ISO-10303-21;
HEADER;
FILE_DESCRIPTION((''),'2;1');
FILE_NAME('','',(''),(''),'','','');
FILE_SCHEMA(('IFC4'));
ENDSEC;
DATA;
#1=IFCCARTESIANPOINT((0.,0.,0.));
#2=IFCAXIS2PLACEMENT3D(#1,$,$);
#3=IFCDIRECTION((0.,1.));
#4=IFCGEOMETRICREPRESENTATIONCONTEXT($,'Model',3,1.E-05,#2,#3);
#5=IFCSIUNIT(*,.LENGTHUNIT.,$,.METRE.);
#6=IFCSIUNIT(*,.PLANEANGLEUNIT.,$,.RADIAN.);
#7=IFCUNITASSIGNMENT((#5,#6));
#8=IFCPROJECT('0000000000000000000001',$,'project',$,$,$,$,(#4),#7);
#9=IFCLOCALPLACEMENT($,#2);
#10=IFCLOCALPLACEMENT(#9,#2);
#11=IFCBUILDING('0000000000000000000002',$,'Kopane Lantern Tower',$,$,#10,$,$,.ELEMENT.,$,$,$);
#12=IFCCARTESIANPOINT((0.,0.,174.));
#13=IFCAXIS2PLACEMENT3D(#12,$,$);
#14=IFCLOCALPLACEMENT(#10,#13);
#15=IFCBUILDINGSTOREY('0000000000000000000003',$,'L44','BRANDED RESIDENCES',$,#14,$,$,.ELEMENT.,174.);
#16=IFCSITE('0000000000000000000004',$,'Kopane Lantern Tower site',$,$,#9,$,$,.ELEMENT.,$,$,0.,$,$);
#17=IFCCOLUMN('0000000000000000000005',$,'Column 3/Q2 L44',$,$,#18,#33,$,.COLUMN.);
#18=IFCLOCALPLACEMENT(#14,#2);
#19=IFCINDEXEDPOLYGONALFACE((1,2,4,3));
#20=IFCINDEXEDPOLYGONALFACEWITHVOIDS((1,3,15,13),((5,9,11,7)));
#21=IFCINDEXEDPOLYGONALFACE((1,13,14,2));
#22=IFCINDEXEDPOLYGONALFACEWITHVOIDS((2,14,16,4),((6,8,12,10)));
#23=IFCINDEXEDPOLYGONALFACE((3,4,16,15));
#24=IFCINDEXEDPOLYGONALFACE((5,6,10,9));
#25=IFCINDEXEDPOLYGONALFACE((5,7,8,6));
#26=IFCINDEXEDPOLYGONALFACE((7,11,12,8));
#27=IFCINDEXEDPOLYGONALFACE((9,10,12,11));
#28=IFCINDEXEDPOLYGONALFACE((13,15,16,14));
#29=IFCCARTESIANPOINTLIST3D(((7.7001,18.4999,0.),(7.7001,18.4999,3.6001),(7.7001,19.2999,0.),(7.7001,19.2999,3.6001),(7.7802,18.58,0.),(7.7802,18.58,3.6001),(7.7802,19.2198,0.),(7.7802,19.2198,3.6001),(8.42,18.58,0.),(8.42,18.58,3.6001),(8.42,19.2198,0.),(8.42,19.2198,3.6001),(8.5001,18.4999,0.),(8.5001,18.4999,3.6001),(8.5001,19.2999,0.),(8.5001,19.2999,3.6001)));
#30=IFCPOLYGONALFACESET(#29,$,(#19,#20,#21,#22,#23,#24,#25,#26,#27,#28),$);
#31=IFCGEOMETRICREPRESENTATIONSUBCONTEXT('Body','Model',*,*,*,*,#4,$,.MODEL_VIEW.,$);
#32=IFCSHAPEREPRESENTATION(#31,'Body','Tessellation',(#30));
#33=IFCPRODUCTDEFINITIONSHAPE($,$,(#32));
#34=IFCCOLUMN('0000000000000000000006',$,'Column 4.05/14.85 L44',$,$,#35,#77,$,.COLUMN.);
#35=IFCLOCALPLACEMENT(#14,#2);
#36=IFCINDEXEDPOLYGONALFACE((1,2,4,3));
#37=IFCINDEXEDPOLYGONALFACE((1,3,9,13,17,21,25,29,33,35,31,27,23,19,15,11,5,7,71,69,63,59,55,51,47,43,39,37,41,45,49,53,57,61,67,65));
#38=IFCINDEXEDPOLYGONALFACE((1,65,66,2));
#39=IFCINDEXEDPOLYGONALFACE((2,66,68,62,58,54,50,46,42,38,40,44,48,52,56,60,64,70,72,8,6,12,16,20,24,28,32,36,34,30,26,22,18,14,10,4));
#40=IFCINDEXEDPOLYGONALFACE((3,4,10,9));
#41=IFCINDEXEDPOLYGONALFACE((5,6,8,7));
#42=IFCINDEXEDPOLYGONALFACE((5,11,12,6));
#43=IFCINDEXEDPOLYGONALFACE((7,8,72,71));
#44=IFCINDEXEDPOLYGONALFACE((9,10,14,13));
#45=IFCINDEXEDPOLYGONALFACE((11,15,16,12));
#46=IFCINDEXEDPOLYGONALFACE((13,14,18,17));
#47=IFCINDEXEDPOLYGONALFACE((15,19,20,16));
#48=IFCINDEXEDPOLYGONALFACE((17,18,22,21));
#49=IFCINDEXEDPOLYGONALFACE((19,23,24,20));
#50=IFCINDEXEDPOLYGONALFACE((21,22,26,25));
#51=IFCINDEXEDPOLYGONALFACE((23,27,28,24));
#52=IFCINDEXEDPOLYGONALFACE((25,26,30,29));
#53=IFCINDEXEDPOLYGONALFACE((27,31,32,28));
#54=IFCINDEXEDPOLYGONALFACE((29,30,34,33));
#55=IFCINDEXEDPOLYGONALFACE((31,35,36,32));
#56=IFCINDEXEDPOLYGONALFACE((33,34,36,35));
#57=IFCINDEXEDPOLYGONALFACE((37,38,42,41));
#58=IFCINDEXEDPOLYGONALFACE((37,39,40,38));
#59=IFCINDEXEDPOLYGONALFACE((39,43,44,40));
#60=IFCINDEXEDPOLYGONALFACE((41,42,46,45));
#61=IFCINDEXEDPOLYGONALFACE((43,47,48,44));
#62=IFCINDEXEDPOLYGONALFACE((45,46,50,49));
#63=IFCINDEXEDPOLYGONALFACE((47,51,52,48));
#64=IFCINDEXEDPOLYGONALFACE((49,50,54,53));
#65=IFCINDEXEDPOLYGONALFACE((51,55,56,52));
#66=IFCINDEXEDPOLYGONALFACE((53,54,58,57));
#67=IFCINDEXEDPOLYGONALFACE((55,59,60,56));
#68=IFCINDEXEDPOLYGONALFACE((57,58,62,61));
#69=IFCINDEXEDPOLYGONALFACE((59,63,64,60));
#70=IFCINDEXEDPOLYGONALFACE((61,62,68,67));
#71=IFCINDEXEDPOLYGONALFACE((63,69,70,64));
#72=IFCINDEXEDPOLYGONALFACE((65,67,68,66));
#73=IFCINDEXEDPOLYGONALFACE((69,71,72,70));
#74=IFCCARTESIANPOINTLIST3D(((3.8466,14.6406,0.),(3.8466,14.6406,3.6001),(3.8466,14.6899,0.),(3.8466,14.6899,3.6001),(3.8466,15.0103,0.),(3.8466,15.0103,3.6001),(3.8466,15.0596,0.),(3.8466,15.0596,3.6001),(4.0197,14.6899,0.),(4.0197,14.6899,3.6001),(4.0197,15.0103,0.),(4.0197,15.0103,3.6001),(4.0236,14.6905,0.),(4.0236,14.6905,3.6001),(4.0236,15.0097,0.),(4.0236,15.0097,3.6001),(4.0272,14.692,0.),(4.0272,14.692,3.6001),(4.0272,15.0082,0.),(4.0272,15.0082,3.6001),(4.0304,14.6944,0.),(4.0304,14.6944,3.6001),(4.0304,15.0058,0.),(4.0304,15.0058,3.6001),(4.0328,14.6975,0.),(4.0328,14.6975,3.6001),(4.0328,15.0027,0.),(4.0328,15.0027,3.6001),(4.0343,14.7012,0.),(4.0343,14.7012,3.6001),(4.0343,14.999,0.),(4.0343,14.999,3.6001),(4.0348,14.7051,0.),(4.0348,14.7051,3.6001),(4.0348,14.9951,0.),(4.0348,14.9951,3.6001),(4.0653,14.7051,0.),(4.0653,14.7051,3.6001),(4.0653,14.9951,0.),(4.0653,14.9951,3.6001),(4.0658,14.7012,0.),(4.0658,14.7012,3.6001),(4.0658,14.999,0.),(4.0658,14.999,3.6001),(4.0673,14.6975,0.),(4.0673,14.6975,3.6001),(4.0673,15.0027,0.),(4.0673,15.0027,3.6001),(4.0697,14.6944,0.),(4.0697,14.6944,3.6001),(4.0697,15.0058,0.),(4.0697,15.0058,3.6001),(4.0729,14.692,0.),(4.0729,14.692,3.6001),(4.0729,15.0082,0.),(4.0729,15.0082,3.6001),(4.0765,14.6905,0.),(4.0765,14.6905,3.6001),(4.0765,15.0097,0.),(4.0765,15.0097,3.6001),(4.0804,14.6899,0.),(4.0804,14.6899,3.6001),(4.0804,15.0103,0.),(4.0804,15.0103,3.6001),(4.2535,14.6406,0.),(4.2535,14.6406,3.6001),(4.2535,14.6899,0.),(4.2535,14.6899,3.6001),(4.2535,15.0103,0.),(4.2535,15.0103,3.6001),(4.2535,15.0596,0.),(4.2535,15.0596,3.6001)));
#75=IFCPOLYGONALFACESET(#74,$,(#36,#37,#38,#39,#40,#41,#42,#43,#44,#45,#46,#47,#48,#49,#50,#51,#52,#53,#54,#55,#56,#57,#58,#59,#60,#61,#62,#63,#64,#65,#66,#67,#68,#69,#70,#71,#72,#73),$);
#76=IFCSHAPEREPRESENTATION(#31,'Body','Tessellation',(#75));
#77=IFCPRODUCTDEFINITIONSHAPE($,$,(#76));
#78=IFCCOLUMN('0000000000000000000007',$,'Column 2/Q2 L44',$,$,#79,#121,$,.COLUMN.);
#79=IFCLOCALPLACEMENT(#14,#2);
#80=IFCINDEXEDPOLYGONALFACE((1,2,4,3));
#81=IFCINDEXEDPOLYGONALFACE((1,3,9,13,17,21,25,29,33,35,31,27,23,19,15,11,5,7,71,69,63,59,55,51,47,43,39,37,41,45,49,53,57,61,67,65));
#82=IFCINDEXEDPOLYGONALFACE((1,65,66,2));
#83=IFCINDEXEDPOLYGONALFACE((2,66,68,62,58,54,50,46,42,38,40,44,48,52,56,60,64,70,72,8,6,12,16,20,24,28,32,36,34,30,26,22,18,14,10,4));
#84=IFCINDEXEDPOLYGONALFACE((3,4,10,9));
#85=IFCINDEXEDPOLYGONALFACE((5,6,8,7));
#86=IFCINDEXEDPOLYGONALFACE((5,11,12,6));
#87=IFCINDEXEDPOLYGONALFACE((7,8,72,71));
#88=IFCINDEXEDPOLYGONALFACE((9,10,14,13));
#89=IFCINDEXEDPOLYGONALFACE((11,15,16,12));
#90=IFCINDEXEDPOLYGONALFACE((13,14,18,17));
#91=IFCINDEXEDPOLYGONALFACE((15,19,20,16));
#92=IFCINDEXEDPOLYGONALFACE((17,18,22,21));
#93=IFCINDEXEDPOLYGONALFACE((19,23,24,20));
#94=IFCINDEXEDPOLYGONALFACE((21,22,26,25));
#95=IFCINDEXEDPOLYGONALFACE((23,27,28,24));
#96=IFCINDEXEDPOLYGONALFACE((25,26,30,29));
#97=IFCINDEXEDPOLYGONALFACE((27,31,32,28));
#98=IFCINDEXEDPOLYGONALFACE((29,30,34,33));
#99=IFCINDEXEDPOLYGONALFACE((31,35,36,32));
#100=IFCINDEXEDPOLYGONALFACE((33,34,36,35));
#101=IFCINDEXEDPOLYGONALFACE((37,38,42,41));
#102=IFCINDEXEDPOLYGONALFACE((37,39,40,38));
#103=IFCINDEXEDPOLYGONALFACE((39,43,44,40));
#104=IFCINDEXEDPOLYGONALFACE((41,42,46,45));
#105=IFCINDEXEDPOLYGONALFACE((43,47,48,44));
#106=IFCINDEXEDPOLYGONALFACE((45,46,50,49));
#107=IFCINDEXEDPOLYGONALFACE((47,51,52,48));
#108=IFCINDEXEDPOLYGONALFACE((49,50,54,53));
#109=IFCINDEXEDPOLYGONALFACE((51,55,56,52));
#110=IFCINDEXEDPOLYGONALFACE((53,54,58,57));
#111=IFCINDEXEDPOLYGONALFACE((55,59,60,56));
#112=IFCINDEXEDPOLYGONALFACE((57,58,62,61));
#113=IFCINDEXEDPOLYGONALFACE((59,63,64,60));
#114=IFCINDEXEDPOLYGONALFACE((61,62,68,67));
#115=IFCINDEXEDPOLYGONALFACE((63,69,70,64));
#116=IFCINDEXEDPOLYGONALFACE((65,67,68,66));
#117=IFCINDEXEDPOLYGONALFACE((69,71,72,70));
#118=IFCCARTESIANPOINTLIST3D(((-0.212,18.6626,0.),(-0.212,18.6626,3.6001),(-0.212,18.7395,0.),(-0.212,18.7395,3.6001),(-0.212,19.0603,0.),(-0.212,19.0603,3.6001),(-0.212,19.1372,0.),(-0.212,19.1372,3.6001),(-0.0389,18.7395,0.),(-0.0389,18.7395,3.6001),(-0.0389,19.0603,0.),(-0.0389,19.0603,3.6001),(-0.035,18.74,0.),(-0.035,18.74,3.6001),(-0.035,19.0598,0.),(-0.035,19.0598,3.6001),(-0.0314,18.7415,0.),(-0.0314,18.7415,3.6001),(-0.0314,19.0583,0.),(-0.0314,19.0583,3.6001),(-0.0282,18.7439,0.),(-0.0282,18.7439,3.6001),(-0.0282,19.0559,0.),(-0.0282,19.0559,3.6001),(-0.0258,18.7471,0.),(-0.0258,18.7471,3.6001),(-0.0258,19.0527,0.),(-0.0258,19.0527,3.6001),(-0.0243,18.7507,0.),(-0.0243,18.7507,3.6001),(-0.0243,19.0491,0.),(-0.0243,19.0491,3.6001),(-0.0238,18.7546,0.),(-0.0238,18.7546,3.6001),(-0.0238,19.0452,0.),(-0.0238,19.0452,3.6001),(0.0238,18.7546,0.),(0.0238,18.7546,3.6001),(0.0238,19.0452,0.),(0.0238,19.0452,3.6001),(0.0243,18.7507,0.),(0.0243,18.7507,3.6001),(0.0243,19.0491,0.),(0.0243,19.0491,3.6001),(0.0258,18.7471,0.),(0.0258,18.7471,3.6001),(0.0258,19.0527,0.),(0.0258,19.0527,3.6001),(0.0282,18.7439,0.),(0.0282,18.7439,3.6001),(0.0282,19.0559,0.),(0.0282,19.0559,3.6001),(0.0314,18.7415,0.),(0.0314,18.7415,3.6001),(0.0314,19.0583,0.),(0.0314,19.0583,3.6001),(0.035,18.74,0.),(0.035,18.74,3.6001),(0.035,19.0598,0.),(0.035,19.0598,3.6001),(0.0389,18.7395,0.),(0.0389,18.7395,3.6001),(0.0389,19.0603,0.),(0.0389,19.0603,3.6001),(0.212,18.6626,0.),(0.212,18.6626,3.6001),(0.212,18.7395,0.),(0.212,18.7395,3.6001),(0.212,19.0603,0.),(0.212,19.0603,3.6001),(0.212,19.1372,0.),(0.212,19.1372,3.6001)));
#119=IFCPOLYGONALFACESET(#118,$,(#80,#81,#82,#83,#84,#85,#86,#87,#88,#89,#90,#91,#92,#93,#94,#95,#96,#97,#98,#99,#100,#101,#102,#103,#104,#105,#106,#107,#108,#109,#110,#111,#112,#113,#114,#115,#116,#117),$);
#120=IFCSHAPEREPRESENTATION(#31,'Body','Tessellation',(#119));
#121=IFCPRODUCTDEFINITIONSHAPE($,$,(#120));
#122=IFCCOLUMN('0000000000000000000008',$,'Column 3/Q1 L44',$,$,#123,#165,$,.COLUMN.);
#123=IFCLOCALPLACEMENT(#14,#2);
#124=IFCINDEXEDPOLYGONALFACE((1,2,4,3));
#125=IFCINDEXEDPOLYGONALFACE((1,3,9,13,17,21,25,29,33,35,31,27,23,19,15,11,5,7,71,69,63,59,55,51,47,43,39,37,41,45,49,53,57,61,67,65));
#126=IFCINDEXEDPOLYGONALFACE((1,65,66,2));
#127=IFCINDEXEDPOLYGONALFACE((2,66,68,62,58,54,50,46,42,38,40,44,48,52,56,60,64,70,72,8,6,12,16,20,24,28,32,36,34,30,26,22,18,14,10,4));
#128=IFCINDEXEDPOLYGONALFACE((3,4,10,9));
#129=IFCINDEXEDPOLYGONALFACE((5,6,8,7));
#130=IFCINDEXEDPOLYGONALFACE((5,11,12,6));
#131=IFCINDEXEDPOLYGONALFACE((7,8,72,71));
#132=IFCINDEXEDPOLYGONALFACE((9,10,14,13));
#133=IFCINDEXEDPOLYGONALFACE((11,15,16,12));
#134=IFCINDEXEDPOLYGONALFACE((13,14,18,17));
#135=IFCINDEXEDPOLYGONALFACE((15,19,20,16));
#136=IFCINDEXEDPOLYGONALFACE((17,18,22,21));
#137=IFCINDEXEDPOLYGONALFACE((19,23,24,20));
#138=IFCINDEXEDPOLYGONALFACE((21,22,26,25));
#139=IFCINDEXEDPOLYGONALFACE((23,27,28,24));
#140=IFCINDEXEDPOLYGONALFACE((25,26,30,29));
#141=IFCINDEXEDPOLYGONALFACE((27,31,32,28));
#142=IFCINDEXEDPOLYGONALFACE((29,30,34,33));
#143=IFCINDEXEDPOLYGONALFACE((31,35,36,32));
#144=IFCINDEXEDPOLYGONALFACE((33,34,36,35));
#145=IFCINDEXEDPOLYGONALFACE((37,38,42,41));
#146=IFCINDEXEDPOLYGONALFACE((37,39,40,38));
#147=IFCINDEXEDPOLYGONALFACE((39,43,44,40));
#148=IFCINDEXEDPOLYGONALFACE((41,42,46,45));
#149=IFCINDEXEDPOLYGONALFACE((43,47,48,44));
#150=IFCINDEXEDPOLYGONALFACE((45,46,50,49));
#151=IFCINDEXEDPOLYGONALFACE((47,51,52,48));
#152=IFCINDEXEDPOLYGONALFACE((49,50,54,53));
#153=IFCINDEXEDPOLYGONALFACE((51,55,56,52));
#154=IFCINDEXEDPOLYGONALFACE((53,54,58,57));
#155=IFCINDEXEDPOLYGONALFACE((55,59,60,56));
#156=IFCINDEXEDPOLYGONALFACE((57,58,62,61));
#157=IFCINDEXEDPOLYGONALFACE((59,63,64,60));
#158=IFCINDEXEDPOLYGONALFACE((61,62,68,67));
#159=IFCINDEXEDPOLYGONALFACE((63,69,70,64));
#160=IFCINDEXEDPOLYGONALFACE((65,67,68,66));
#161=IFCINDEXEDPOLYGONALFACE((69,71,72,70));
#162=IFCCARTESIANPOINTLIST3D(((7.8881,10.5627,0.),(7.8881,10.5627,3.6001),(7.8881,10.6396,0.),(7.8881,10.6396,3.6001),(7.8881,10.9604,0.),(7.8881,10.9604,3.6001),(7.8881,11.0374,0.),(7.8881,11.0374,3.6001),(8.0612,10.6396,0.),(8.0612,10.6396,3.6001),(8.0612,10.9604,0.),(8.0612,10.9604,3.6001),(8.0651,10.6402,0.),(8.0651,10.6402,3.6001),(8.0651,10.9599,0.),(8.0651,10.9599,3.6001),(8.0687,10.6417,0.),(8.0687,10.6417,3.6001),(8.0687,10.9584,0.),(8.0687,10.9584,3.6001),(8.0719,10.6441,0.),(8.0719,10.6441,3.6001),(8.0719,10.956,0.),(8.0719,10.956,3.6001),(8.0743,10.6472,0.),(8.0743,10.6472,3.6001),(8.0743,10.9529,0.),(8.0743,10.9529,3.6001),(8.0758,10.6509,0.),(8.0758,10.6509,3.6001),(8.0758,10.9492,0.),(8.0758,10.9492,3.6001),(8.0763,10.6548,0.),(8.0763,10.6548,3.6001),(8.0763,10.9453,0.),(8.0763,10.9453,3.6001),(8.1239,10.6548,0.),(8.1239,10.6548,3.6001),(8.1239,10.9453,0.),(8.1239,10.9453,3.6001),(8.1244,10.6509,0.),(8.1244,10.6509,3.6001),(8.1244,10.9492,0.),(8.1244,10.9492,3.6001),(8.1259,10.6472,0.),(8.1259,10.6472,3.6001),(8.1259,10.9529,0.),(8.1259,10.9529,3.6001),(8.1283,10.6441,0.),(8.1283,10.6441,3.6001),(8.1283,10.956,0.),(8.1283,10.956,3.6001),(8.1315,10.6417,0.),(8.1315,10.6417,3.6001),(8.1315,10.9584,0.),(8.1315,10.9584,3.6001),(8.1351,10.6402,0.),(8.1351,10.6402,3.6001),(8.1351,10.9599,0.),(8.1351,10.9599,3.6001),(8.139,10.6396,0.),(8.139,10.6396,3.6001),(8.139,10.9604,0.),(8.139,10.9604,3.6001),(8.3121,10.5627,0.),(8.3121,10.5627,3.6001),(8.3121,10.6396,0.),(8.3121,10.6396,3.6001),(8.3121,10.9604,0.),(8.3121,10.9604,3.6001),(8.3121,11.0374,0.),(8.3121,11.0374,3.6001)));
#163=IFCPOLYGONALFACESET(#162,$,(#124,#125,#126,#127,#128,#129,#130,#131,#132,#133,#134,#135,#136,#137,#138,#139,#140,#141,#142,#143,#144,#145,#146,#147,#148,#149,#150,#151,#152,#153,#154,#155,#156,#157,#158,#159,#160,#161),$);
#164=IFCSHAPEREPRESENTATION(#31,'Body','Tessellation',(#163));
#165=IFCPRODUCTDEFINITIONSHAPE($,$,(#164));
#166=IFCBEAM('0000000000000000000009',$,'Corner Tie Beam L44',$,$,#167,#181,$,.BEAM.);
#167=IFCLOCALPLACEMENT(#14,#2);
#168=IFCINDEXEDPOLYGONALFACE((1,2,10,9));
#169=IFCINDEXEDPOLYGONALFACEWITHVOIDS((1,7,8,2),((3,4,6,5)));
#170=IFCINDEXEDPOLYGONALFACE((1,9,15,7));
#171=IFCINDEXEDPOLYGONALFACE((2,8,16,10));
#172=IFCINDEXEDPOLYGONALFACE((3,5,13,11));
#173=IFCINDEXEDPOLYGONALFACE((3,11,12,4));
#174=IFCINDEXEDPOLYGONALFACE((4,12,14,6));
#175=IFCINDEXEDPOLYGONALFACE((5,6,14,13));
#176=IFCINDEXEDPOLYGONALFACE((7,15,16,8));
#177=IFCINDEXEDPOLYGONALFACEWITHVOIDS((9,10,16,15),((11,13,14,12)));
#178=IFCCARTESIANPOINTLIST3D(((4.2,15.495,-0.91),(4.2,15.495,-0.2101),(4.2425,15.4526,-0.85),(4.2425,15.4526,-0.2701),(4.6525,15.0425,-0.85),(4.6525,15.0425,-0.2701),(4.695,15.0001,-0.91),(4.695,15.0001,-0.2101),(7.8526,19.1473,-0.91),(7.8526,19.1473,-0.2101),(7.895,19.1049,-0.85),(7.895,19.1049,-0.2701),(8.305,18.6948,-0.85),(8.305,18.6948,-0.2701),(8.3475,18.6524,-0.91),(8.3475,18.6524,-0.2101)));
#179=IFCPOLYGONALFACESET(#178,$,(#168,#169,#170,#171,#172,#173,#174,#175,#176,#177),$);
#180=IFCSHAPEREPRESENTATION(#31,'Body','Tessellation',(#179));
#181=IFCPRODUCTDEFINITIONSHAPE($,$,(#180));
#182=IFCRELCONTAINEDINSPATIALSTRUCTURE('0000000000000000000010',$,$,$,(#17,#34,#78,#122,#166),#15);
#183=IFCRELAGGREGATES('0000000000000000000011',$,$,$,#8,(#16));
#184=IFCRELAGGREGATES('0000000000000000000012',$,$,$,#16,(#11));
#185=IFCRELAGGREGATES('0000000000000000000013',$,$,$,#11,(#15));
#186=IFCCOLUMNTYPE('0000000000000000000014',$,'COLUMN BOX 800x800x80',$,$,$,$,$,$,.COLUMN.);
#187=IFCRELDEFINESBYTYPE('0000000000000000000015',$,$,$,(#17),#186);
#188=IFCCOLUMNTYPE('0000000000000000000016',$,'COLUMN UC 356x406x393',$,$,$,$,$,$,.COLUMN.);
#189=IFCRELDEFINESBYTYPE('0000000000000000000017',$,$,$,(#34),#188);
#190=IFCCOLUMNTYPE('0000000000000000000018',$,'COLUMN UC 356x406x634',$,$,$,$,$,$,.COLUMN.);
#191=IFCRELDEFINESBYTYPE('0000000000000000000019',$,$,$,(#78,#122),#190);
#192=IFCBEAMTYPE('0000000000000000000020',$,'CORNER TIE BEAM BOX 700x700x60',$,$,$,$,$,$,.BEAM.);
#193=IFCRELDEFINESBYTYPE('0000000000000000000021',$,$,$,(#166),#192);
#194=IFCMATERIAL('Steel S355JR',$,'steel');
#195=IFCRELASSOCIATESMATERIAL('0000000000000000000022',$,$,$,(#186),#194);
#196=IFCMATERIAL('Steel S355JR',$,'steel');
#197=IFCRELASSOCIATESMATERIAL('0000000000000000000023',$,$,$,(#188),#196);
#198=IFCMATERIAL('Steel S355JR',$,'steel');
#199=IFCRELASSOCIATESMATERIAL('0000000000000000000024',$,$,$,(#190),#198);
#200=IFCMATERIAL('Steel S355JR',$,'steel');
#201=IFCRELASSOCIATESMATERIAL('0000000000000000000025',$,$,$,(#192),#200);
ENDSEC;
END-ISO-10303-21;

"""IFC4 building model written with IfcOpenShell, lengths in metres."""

from ifc_helpers import new_model, si_unit, direction, frame, origin, origin_2d, place, context, subcontext, project, spatial, hollow_rectangle, i_section, extrude, material, material_profile, profile_set, type_object, element, save


model = new_model("IFC4")

# Units and contexts
model_context = context("Model", 3, precision=1e-05, world=origin(), true_north=direction((0.0, 1.0)))
body_context = subcontext(model_context, "Body", "Model", "MODEL_VIEW")
ifc_project = project(units=[si_unit("LENGTHUNIT", "METRE"), si_unit("PLANEANGLEUNIT", "RADIAN")], contexts=[model_context])

# Site, building, storey
site_placement = place(None, origin())
site = spatial("IfcSite", under=ifc_project, at=site_placement, Name="Kopane Lantern Tower site", CompositionType="ELEMENT", RefElevation=0.0)
building_placement = place(site_placement, origin())
building = spatial("IfcBuilding", under=site, at=building_placement, Name="Kopane Lantern Tower", CompositionType="ELEMENT")
storey_placement = place(building_placement, frame((0.0, 0.0, 174.0)))
storey = spatial("IfcBuildingStorey", under=building, at=storey_placement, Name="L44", Description="BRANDED RESIDENCES", CompositionType="ELEMENT", Elevation=174.0)

# Columns
ifc_material_1 = material(Name="Steel S355JR", Category="steel")
ifc_material_profile_1 = material_profile(ifc_material_1, hollow_rectangle(XDim=0.8, YDim=0.8, WallThickness=0.0801, at=origin_2d()), Name="BOX 800x800x80")
ifc_profile_set_1 = profile_set([ifc_material_profile_1], Name="Steel S355JR")
column_type_1 = type_object("IfcColumnType", Name="COLUMN BOX 800x800x80", PredefinedType="COLUMN", material=ifc_profile_set_1)
column_1_placement = place(storey_placement, frame((8.1001, 18.8999, 0.0), z_axis=(0.0, 0.0, 1.0), x_axis=(1.0, 0.0, 0.0)))
element("IfcColumn", 1, at=column_1_placement, inside=storey, type_object=column_type_1, Name="Column 3/Q2 L44", PredefinedType="COLUMN", context=body_context, shape_type="SweptSolid", body=[
    extrude(hollow_rectangle(XDim=0.8, YDim=0.8, WallThickness=0.0801, at=origin_2d()), origin(), (0.0, 0.0, 1.0), 3.6001),
])
ifc_material_2 = material(Name="Steel S355JR", Category="steel")
ifc_material_profile_2 = material_profile(ifc_material_2, i_section(OverallWidth=0.407, OverallDepth=0.4189, WebThickness=0.0305, FlangeThickness=0.0493, FilletRadius=0.0151, at=origin_2d()), Name="UC 356x406x393")
ifc_profile_set_2 = profile_set([ifc_material_profile_2], Name="Steel S355JR")
column_type_2 = type_object("IfcColumnType", Name="COLUMN UC 356x406x393", PredefinedType="COLUMN", material=ifc_profile_set_2)
column_2_placement = place(storey_placement, frame((4.05, 14.8501, 0.0), z_axis=(0.0, 0.0, 1.0), x_axis=(1.0, 0.0, 0.0)))
element("IfcColumn", 2, at=column_2_placement, inside=storey, type_object=column_type_2, Name="Column 4.05/14.85 L44", PredefinedType="COLUMN", context=body_context, shape_type="SweptSolid", body=[
    extrude(i_section(OverallWidth=0.407, OverallDepth=0.4189, WebThickness=0.0305, FlangeThickness=0.0493, FilletRadius=0.0151, at=origin_2d()), origin(), (0.0, 0.0, 1.0), 3.6001),
])
ifc_material_3 = material(Name="Steel S355JR", Category="steel")
ifc_material_profile_3 = material_profile(ifc_material_3, i_section(OverallWidth=0.4241, OverallDepth=0.4746, WebThickness=0.0476, FlangeThickness=0.0769, FilletRadius=0.0151, at=origin_2d()), Name="UC 356x406x634")
ifc_profile_set_3 = profile_set([ifc_material_profile_3], Name="Steel S355JR")
column_type_3 = type_object("IfcColumnType", Name="COLUMN UC 356x406x634", PredefinedType="COLUMN", material=ifc_profile_set_3)
for number, where, z_axis, x_axis, name in (
    (3, (0.0, 18.8999, 0.0), (0.0, 0.0, 1.0), (1.0, 0.0, 0.0), "Column 2/Q2 L44"),
    (4, (8.1001, 10.8, 0.0), (0.0, 0.0, 1.0), (1.0, 0.0, 0.0), "Column 3/Q1 L44"),
):
    element("IfcColumn", number, at=place(storey_placement, frame(where, z_axis=z_axis, x_axis=x_axis)), inside=storey, type_object=column_type_3, Name=name, PredefinedType="COLUMN", context=body_context, shape_type="SweptSolid", body=[
        extrude(i_section(OverallWidth=0.4241, OverallDepth=0.4746, WebThickness=0.0476, FlangeThickness=0.0769, FilletRadius=0.0151, at=origin_2d()), origin(), (0.0, 0.0, 1.0), 3.6001),
    ])

# Beam
ifc_material_4 = material(Name="Steel S355JR", Category="steel")
ifc_material_profile_4 = material_profile(ifc_material_4, hollow_rectangle(XDim=0.7, YDim=0.7, WallThickness=0.0601, at=origin_2d()), Name="BOX 700x700x60")
ifc_profile_set_4 = profile_set([ifc_material_profile_4], Name="Steel S355JR")
beam_type_1 = type_object("IfcBeamType", Name="CORNER TIE BEAM BOX 700x700x60", PredefinedType="BEAM", material=ifc_profile_set_4)
beam_1_placement = place(storey_placement, frame((4.4475, 15.2476, -0.5601), z_axis=(0.70713, 0.707083, 0.0), x_axis=(-0.707083, 0.70713, 0.0)))
element("IfcBeam", 5, at=beam_1_placement, inside=storey, type_object=beam_type_1, Name="Corner Tie Beam L44", PredefinedType="BEAM", context=body_context, shape_type="SweptSolid", body=[
    extrude(hollow_rectangle(XDim=0.7, YDim=0.7, WallThickness=0.0601, at=origin_2d()), origin(), (0.0, 0.0, 1.0), 5.1653),
])

save(model, "model.ifc")
